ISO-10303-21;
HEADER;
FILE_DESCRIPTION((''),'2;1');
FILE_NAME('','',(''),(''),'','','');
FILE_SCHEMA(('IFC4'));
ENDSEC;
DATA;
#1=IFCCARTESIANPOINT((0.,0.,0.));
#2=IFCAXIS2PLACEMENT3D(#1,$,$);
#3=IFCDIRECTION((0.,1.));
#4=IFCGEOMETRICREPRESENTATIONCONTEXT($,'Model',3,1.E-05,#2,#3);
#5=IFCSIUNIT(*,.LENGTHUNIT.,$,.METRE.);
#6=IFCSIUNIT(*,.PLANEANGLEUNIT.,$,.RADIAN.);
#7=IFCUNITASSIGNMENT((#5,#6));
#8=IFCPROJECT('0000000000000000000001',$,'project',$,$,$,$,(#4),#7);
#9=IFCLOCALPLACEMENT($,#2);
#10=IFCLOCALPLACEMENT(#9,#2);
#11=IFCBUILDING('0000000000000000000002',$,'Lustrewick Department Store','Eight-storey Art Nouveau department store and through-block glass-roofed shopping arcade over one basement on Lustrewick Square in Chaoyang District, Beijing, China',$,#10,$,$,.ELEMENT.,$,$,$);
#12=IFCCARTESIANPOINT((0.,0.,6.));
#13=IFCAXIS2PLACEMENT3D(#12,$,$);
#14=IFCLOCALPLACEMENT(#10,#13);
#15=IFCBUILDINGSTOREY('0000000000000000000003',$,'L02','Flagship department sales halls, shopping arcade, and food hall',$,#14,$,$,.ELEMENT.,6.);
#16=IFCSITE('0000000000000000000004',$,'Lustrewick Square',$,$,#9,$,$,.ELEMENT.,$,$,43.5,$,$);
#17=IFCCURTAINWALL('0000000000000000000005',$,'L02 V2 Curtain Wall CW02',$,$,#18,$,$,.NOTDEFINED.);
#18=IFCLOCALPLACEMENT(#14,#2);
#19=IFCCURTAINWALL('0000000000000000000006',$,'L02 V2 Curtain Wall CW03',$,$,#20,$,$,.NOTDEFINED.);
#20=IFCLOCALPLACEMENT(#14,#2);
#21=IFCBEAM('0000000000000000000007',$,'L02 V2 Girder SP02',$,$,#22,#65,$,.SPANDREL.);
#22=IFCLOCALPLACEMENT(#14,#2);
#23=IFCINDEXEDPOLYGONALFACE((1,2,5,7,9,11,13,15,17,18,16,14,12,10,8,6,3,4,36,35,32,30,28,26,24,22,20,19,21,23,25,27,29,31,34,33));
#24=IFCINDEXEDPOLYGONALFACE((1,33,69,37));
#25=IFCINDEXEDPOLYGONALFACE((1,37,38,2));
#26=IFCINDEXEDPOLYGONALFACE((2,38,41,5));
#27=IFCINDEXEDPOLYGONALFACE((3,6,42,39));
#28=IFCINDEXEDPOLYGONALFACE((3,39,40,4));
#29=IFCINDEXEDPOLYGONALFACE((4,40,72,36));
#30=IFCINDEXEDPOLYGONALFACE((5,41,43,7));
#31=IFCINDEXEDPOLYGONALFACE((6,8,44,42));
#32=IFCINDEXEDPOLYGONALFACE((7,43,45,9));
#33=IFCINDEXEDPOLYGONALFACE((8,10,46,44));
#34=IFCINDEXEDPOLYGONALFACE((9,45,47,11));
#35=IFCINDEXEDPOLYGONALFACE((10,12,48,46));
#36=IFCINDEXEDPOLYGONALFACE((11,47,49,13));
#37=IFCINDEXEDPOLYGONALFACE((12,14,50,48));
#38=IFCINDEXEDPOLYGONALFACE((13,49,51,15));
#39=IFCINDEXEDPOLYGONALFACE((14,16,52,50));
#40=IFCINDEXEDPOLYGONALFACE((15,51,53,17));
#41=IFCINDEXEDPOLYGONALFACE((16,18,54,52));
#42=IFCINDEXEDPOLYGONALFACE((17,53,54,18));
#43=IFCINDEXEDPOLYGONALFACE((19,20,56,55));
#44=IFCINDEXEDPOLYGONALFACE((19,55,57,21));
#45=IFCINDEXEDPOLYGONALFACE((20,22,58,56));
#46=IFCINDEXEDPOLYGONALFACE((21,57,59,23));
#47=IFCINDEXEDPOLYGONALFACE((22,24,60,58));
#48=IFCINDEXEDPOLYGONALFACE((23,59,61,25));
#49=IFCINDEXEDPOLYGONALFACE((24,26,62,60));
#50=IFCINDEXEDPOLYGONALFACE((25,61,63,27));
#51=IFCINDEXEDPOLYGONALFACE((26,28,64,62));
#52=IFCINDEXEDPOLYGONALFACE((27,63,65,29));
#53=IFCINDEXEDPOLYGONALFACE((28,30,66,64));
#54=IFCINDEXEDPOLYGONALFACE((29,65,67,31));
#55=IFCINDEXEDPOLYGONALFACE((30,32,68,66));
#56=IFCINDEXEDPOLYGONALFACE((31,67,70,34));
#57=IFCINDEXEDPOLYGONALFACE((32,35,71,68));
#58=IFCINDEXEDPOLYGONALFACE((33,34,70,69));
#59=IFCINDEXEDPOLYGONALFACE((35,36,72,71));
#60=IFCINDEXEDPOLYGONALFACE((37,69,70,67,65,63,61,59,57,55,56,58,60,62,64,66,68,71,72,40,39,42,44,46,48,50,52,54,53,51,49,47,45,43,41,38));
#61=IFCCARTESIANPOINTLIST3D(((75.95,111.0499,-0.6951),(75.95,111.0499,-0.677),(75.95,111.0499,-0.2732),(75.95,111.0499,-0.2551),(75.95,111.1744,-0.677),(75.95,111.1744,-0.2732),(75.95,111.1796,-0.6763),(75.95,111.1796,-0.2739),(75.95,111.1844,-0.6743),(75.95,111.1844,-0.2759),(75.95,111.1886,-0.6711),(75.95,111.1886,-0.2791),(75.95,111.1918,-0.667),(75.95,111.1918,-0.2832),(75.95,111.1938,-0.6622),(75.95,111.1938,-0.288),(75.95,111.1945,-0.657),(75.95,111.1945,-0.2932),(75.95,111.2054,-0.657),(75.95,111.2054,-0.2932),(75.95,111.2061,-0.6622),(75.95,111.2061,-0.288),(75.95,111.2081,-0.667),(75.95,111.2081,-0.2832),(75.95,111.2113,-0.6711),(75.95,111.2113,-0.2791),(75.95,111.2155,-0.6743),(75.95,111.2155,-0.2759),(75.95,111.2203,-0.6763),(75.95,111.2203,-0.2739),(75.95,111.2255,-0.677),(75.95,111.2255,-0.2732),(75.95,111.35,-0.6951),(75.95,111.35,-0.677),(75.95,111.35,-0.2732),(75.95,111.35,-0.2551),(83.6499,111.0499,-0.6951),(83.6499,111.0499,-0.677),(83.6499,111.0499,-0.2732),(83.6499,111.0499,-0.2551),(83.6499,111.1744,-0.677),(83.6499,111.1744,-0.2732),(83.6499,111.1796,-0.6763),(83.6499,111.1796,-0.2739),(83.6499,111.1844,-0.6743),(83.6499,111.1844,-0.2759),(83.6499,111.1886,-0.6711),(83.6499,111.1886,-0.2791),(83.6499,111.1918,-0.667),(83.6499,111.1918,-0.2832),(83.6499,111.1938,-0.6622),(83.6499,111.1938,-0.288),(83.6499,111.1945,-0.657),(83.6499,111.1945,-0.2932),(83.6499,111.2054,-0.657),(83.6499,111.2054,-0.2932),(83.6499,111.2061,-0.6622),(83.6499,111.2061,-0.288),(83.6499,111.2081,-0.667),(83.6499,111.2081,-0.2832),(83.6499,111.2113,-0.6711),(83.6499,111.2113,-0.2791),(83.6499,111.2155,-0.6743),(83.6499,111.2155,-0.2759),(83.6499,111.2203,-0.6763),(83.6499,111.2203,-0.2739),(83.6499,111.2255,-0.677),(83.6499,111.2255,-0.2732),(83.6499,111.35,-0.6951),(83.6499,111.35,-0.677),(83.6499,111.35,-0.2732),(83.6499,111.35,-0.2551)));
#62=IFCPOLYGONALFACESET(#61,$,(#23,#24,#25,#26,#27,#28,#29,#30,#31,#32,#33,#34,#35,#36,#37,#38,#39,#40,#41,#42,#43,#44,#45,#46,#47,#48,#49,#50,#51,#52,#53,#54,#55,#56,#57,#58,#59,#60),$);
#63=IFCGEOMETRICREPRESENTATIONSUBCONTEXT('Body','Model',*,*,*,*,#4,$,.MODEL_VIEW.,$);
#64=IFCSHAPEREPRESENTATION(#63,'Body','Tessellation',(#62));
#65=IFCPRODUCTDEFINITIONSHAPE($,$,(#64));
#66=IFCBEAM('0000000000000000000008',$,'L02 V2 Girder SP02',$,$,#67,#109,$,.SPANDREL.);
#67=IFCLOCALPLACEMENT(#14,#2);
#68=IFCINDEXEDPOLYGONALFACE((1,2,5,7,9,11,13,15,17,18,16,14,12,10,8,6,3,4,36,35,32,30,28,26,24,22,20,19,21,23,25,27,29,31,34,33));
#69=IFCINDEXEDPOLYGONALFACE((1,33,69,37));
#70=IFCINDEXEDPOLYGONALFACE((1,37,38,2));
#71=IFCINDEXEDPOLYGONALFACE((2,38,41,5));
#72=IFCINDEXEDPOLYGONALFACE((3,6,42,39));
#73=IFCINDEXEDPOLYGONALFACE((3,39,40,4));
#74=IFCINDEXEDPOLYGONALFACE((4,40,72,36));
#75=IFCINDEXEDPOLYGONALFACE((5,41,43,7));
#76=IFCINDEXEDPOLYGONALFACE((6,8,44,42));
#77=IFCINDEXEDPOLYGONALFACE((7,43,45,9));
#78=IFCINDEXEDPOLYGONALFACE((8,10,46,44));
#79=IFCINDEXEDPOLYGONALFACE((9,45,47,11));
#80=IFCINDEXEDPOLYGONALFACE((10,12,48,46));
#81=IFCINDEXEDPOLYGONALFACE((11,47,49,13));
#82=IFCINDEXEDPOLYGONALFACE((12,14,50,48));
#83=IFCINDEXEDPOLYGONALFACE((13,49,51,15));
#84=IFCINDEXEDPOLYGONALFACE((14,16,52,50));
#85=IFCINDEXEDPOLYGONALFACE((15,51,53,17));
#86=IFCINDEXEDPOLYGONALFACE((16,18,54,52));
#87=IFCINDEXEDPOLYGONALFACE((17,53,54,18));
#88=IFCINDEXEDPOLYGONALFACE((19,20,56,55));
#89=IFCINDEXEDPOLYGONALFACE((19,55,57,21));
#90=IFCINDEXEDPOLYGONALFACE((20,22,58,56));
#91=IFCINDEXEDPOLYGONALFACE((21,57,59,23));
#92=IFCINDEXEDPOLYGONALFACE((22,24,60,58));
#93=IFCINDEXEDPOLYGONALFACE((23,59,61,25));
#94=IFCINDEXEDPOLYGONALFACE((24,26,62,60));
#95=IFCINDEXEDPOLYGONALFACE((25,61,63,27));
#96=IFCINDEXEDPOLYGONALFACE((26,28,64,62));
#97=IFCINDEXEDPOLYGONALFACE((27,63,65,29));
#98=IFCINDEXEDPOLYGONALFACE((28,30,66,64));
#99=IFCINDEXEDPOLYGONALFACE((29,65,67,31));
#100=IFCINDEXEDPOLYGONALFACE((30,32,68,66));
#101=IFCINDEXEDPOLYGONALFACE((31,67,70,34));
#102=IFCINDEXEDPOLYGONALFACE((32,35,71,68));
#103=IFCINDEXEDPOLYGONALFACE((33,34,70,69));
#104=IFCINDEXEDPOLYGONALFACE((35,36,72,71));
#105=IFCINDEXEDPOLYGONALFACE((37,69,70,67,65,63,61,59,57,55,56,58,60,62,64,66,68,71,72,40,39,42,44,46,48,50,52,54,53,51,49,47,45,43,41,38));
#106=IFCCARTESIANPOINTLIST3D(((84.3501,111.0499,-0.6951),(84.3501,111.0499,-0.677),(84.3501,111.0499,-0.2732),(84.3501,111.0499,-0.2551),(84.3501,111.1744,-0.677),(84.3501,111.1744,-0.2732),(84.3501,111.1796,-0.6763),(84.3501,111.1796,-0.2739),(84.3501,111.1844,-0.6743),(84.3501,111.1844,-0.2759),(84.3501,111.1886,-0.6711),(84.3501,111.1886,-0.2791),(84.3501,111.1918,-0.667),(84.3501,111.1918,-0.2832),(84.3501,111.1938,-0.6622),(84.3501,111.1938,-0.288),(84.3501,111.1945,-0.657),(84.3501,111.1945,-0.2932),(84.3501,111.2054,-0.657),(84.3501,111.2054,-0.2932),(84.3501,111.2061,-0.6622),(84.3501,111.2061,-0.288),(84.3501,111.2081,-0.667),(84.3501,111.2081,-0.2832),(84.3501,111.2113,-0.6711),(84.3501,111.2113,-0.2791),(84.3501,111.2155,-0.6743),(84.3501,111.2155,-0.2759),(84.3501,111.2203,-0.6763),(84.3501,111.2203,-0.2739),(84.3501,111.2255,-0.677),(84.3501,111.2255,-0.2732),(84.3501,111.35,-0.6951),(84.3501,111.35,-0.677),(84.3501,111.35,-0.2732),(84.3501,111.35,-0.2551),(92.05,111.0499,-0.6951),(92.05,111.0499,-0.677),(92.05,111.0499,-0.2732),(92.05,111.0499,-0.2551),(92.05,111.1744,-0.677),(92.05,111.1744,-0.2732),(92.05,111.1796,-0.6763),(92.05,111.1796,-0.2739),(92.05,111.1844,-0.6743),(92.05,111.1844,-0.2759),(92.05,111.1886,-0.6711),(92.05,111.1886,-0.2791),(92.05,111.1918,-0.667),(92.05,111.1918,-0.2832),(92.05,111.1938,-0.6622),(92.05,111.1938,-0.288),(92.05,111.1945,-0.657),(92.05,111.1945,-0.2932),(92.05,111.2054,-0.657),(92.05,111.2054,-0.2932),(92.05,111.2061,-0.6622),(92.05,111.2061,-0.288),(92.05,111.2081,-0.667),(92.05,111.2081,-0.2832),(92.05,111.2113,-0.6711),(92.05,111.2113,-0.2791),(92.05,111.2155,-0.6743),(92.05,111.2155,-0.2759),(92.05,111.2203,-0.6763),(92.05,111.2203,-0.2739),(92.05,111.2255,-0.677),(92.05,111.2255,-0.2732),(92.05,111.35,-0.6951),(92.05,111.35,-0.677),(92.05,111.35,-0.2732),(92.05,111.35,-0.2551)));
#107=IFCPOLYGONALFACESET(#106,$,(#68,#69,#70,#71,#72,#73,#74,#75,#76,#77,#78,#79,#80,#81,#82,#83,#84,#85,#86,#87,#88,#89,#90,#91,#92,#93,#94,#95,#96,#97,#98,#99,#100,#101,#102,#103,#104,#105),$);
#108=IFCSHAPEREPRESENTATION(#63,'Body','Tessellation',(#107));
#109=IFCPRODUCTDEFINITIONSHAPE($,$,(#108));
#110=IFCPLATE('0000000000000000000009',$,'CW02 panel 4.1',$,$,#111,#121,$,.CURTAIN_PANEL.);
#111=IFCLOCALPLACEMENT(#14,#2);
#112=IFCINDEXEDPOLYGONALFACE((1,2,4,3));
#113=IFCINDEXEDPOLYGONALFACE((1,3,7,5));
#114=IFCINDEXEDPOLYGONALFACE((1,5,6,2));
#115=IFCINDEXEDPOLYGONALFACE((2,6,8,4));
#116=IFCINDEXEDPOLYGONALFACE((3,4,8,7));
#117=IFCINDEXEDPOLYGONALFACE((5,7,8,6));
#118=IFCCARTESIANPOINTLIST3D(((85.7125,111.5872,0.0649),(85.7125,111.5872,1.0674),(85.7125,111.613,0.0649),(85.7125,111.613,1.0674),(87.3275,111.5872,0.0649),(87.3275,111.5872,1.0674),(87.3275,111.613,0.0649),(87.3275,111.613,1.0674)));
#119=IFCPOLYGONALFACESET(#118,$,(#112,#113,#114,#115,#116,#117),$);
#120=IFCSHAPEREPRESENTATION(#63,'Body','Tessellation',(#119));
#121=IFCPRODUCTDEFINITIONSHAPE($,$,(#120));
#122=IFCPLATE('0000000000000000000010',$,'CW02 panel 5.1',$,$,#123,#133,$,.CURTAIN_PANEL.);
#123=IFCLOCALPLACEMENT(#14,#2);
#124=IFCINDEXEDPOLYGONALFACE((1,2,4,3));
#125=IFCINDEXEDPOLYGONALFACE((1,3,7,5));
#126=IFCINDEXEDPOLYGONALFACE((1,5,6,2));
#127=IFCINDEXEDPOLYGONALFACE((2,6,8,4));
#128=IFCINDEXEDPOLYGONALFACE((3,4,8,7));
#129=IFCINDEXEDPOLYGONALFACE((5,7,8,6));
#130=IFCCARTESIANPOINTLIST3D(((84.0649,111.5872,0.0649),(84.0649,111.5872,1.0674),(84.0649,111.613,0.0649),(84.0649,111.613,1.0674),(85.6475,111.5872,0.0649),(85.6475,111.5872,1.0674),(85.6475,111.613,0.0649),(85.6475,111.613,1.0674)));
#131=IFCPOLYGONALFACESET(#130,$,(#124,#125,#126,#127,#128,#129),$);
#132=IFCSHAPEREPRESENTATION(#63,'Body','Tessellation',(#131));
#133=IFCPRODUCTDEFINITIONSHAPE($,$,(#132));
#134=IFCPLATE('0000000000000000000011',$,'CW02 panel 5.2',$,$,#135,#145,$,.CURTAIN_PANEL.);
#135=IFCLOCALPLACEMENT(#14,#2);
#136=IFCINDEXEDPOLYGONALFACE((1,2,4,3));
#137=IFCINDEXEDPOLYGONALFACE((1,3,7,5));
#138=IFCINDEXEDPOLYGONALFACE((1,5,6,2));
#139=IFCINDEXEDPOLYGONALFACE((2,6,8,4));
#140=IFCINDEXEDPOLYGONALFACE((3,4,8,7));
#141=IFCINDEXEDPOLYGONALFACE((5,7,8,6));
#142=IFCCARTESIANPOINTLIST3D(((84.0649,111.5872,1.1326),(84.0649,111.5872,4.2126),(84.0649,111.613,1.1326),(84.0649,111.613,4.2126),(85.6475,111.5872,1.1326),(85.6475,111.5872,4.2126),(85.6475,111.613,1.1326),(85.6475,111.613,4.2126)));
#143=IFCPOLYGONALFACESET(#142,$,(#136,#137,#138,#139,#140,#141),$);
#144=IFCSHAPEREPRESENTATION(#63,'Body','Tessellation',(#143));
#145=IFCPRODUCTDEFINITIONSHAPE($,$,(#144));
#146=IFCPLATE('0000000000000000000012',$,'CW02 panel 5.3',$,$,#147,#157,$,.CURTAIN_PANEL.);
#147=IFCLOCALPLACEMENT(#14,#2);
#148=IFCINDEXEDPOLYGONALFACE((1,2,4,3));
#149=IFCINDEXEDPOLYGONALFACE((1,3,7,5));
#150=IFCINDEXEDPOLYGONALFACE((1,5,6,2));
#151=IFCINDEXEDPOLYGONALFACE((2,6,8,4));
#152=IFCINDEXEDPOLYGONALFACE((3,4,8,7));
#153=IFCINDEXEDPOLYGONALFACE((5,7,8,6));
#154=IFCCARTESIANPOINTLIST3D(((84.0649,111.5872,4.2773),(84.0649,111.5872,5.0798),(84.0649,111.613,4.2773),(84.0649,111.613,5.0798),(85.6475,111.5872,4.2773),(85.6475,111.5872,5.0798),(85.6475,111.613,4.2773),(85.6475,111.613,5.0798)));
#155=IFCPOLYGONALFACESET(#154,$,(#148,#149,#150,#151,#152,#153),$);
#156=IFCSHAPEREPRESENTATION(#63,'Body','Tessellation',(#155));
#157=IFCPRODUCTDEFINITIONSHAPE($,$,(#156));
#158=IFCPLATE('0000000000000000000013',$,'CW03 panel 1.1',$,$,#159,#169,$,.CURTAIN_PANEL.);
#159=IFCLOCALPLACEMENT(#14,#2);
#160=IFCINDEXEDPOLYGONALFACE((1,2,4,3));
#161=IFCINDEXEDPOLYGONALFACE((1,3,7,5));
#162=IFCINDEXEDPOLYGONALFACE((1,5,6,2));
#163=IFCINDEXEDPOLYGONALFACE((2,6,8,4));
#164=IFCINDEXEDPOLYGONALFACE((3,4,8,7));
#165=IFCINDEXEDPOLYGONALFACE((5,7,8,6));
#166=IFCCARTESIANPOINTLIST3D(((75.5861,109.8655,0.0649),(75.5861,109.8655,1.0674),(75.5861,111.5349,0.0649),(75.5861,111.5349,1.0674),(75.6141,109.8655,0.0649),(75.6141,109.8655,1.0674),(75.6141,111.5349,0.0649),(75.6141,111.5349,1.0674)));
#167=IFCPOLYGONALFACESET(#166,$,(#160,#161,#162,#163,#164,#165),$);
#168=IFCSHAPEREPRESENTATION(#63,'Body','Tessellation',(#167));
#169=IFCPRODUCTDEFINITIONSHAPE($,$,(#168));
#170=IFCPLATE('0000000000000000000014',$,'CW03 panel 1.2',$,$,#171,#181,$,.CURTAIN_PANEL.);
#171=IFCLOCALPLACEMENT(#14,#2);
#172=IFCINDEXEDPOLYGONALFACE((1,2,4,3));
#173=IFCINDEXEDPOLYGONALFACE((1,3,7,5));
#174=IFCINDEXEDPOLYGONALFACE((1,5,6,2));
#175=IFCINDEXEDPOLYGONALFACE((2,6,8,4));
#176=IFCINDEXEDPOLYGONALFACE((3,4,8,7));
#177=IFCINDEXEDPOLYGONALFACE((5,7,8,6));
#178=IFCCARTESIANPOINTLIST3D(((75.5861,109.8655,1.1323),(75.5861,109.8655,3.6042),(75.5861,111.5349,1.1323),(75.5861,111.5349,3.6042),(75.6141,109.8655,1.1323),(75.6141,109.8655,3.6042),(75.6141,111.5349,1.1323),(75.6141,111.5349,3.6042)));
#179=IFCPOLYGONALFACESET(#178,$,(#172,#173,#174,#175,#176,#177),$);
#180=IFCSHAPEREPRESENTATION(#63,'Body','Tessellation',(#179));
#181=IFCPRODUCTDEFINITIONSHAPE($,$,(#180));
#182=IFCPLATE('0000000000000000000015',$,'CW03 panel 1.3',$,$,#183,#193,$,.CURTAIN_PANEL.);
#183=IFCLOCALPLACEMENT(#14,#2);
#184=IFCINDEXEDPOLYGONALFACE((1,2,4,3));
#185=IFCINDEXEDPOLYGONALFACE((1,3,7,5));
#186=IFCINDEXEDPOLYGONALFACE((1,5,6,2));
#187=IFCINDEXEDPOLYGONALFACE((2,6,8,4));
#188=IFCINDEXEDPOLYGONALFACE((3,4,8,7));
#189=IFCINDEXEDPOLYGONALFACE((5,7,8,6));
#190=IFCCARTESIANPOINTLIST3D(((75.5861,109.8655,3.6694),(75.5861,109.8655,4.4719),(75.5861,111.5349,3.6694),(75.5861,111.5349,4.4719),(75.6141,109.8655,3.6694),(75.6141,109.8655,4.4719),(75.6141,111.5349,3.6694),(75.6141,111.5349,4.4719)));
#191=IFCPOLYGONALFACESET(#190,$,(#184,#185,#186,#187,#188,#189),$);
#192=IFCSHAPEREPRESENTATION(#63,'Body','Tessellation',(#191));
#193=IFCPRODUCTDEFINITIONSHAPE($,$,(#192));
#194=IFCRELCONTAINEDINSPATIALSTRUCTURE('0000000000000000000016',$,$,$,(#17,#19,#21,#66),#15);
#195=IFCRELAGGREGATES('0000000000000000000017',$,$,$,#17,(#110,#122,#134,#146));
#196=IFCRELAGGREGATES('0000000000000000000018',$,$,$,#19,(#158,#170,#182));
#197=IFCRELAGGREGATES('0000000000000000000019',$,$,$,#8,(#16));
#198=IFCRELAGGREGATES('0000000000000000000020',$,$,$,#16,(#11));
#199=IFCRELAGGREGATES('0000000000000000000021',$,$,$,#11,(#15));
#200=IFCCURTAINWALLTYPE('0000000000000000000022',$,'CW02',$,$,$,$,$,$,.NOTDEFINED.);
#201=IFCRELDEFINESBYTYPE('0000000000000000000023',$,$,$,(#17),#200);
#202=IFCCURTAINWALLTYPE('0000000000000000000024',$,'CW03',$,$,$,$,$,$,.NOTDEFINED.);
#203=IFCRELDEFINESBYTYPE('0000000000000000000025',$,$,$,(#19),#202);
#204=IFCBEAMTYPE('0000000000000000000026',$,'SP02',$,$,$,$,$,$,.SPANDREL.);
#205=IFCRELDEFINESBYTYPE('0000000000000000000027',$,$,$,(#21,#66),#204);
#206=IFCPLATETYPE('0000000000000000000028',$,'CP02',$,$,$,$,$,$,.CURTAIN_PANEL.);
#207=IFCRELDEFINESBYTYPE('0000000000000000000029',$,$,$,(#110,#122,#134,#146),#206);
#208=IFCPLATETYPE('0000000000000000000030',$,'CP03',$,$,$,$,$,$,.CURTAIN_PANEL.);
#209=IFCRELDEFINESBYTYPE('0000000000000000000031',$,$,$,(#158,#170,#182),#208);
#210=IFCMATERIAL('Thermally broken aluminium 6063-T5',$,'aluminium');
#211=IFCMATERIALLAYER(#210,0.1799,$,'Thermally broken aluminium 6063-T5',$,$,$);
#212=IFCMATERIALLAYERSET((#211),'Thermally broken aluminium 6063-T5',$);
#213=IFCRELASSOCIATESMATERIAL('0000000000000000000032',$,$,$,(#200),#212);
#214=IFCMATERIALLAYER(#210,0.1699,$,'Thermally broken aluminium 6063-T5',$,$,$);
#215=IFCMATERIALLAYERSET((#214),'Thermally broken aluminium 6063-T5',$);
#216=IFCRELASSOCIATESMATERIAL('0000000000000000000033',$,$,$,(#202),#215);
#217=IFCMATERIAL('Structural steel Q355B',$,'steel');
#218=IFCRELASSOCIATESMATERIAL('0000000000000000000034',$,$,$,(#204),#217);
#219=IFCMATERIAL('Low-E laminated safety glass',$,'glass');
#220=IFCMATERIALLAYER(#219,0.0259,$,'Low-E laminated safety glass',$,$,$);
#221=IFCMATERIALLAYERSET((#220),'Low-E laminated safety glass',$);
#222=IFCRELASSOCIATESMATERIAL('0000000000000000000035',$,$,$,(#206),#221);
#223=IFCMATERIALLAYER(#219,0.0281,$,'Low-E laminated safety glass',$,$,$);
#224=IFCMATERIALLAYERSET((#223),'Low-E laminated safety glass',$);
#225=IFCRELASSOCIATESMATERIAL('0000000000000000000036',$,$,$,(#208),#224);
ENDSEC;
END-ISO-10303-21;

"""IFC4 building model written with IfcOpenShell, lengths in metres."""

from ifc_helpers import new_model, si_unit, direction, frame, origin, origin_2d, place, context, subcontext, project, spatial, rectangle, i_section, extrude, material, layer, layer_set, material_profile, profile_set, type_object, element, aggregate, save


model = new_model("IFC4")

# Units and contexts
model_context = context("Model", 3, precision=1e-05, world=origin(), true_north=direction((0.0, 1.0)))
body_context = subcontext(model_context, "Body", "Model", "MODEL_VIEW")
ifc_project = project(units=[si_unit("LENGTHUNIT", "METRE"), si_unit("PLANEANGLEUNIT", "RADIAN")], contexts=[model_context])

# Site, building, storey
site_placement = place(None, origin())
site = spatial("IfcSite", under=ifc_project, at=site_placement, Name="Lustrewick Square", CompositionType="ELEMENT", RefElevation=43.5)
building_placement = place(site_placement, origin())
building = spatial("IfcBuilding", under=site, at=building_placement, Name="Lustrewick Department Store", Description="Eight-storey Art Nouveau department store and through-block glass-roofed shopping arcade over one basement on Lustrewick Square in Chaoyang District, Beijing, China", CompositionType="ELEMENT")
storey_placement = place(building_placement, frame((0.0, 0.0, 6.0)))
storey = spatial("IfcBuildingStorey", under=building, at=storey_placement, Name="L02", Description="Flagship department sales halls, shopping arcade, and food hall", CompositionType="ELEMENT", Elevation=6.0)

# Curtain walls
ifc_material_1 = material(Name="Thermally broken aluminium 6063-T5", Category="aluminium")
ifc_layer_1 = layer(ifc_material_1, 0.1799, Name="Thermally broken aluminium 6063-T5")
ifc_layer_set_1 = layer_set([ifc_layer_1], Name="Thermally broken aluminium 6063-T5")
curtain_wall_type_1 = type_object("IfcCurtainWallType", Name="CW02", PredefinedType="NOTDEFINED", material=ifc_layer_set_1)
curtain_wall_1_placement = place(storey_placement, origin())
curtain_wall_1 = element("IfcCurtainWall", 1, at=curtain_wall_1_placement, inside=storey, type_object=curtain_wall_type_1, Name="L02 V2 Curtain Wall CW02", PredefinedType="NOTDEFINED")
ifc_layer_2 = layer(ifc_material_1, 0.1699, Name="Thermally broken aluminium 6063-T5")
ifc_layer_set_2 = layer_set([ifc_layer_2], Name="Thermally broken aluminium 6063-T5")
curtain_wall_type_2 = type_object("IfcCurtainWallType", Name="CW03", PredefinedType="NOTDEFINED", material=ifc_layer_set_2)
curtain_wall_2_placement = place(storey_placement, origin())
curtain_wall_2 = element("IfcCurtainWall", 2, at=curtain_wall_2_placement, inside=storey, type_object=curtain_wall_type_2, Name="L02 V2 Curtain Wall CW03", PredefinedType="NOTDEFINED")

# Beams
ifc_material_2 = material(Name="Structural steel Q355B", Category="steel")
ifc_material_profile_1 = material_profile(ifc_material_2, i_section(OverallWidth=0.3, OverallDepth=0.4399, WebThickness=0.011, FlangeThickness=0.0181, FilletRadius=0.02, at=origin_2d()), Name="HM 440x300x11x18")
ifc_profile_set_1 = profile_set([ifc_material_profile_1], Name="Structural steel Q355B")
beam_type = type_object("IfcBeamType", Name="SP02", PredefinedType="SPANDREL", material=ifc_profile_set_1)
for number, where, z_axis, x_axis, name in (
    (3, (75.95, 111.2, -0.4751), (1.0, 0.0, 0.0), (0.0, 1.0, 0.0), "L02 V2 Girder SP02"),
    (4, (84.3501, 111.2, -0.4751), (1.0, 0.0, 0.0), (0.0, 1.0, 0.0), "L02 V2 Girder SP02"),
):
    element("IfcBeam", number, at=place(storey_placement, frame(where, z_axis=z_axis, x_axis=x_axis)), inside=storey, type_object=beam_type, Name=name, PredefinedType="SPANDREL", context=body_context, shape_type="SweptSolid", body=[
        extrude(i_section(OverallWidth=0.3, OverallDepth=0.4399, WebThickness=0.011, FlangeThickness=0.0181, FilletRadius=0.02, at=origin_2d()), origin(), (0.0, 0.0, 1.0), 7.7),
    ])

# Plates
ifc_material_3 = material(Name="Low-E laminated safety glass", Category="glass")
ifc_layer_3 = layer(ifc_material_3, 0.0259, Name="Low-E laminated safety glass")
ifc_layer_set_3 = layer_set([ifc_layer_3], Name="Low-E laminated safety glass")
plate_type_1 = type_object("IfcPlateType", Name="CP02", PredefinedType="CURTAIN_PANEL", material=ifc_layer_set_3)
plate_1_placement = place(storey_placement, frame((86.52, 111.6001, 0.0649), z_axis=(0.0, 0.0, 1.0), x_axis=(-1.0, 0.0, 0.0)))
plate_1 = element("IfcPlate", 5, at=plate_1_placement, type_object=plate_type_1, Name="CW02 panel 4.1", PredefinedType="CURTAIN_PANEL", context=body_context, shape_type="SweptSolid", body=[
    extrude(rectangle(XDim=1.615, YDim=0.0259, at=origin_2d()), origin(), (0.0, 0.0, 1.0), 1.0024),
])
plate_2_placement = place(storey_placement, frame((84.8562, 111.6001, 0.0649), z_axis=(0.0, 0.0, 1.0), x_axis=(-1.0, 0.0, 0.0)))
plate_2 = element("IfcPlate", 6, at=plate_2_placement, type_object=plate_type_1, Name="CW02 panel 5.1", PredefinedType="CURTAIN_PANEL", context=body_context, shape_type="SweptSolid", body=[
    extrude(rectangle(XDim=1.5825, YDim=0.0259, at=origin_2d()), origin(), (0.0, 0.0, 1.0), 1.0024),
])
plate_3_placement = place(storey_placement, frame((84.8562, 111.6001, 1.1326), z_axis=(0.0, 0.0, 1.0), x_axis=(-1.0, 0.0, 0.0)))
plate_3 = element("IfcPlate", 7, at=plate_3_placement, type_object=plate_type_1, Name="CW02 panel 5.2", PredefinedType="CURTAIN_PANEL", context=body_context, shape_type="SweptSolid", body=[
    extrude(rectangle(XDim=1.5825, YDim=0.0259, at=origin_2d()), origin(), (0.0, 0.0, 1.0), 3.0801),
])
plate_4_placement = place(storey_placement, frame((84.8562, 111.6001, 4.2773), z_axis=(0.0, 0.0, 1.0), x_axis=(-1.0, 0.0, 0.0)))
plate_4 = element("IfcPlate", 8, at=plate_4_placement, type_object=plate_type_1, Name="CW02 panel 5.3", PredefinedType="CURTAIN_PANEL", context=body_context, shape_type="SweptSolid", body=[
    extrude(rectangle(XDim=1.5825, YDim=0.0259, at=origin_2d()), origin(), (0.0, 0.0, 1.0), 0.8025),
])
aggregate(curtain_wall_1, [plate_1, plate_2, plate_3, plate_4])
ifc_layer_4 = layer(ifc_material_3, 0.0281, Name="Low-E laminated safety glass")
ifc_layer_set_4 = layer_set([ifc_layer_4], Name="Low-E laminated safety glass")
plate_type_2 = type_object("IfcPlateType", Name="CP03", PredefinedType="CURTAIN_PANEL", material=ifc_layer_set_4)
plate_5_placement = place(storey_placement, frame((75.6001, 110.7002, 0.0649), z_axis=(0.0, 0.0, 1.0), x_axis=(0.0, -1.0, 0.0)))
plate_5 = element("IfcPlate", 9, at=plate_5_placement, type_object=plate_type_2, Name="CW03 panel 1.1", PredefinedType="CURTAIN_PANEL", context=body_context, shape_type="SweptSolid", body=[
    extrude(rectangle(XDim=1.6694, YDim=0.0281, at=origin_2d()), origin(), (0.0, 0.0, 1.0), 1.0024),
])
plate_6_placement = place(storey_placement, frame((75.6001, 110.7002, 1.1323), z_axis=(0.0, 0.0, 1.0), x_axis=(0.0, -1.0, 0.0)))
plate_6 = element("IfcPlate", 10, at=plate_6_placement, type_object=plate_type_2, Name="CW03 panel 1.2", PredefinedType="CURTAIN_PANEL", context=body_context, shape_type="SweptSolid", body=[
    extrude(rectangle(XDim=1.6694, YDim=0.0281, at=origin_2d()), origin(), (0.0, 0.0, 1.0), 2.4719),
])
plate_7_placement = place(storey_placement, frame((75.6001, 110.7002, 3.6694), z_axis=(0.0, 0.0, 1.0), x_axis=(0.0, -1.0, 0.0)))
plate_7 = element("IfcPlate", 11, at=plate_7_placement, type_object=plate_type_2, Name="CW03 panel 1.3", PredefinedType="CURTAIN_PANEL", context=body_context, shape_type="SweptSolid", body=[
    extrude(rectangle(XDim=1.6694, YDim=0.0281, at=origin_2d()), origin(), (0.0, 0.0, 1.0), 0.8025),
])
aggregate(curtain_wall_2, [plate_5, plate_6, plate_7])

save(model, "model.ifc")
